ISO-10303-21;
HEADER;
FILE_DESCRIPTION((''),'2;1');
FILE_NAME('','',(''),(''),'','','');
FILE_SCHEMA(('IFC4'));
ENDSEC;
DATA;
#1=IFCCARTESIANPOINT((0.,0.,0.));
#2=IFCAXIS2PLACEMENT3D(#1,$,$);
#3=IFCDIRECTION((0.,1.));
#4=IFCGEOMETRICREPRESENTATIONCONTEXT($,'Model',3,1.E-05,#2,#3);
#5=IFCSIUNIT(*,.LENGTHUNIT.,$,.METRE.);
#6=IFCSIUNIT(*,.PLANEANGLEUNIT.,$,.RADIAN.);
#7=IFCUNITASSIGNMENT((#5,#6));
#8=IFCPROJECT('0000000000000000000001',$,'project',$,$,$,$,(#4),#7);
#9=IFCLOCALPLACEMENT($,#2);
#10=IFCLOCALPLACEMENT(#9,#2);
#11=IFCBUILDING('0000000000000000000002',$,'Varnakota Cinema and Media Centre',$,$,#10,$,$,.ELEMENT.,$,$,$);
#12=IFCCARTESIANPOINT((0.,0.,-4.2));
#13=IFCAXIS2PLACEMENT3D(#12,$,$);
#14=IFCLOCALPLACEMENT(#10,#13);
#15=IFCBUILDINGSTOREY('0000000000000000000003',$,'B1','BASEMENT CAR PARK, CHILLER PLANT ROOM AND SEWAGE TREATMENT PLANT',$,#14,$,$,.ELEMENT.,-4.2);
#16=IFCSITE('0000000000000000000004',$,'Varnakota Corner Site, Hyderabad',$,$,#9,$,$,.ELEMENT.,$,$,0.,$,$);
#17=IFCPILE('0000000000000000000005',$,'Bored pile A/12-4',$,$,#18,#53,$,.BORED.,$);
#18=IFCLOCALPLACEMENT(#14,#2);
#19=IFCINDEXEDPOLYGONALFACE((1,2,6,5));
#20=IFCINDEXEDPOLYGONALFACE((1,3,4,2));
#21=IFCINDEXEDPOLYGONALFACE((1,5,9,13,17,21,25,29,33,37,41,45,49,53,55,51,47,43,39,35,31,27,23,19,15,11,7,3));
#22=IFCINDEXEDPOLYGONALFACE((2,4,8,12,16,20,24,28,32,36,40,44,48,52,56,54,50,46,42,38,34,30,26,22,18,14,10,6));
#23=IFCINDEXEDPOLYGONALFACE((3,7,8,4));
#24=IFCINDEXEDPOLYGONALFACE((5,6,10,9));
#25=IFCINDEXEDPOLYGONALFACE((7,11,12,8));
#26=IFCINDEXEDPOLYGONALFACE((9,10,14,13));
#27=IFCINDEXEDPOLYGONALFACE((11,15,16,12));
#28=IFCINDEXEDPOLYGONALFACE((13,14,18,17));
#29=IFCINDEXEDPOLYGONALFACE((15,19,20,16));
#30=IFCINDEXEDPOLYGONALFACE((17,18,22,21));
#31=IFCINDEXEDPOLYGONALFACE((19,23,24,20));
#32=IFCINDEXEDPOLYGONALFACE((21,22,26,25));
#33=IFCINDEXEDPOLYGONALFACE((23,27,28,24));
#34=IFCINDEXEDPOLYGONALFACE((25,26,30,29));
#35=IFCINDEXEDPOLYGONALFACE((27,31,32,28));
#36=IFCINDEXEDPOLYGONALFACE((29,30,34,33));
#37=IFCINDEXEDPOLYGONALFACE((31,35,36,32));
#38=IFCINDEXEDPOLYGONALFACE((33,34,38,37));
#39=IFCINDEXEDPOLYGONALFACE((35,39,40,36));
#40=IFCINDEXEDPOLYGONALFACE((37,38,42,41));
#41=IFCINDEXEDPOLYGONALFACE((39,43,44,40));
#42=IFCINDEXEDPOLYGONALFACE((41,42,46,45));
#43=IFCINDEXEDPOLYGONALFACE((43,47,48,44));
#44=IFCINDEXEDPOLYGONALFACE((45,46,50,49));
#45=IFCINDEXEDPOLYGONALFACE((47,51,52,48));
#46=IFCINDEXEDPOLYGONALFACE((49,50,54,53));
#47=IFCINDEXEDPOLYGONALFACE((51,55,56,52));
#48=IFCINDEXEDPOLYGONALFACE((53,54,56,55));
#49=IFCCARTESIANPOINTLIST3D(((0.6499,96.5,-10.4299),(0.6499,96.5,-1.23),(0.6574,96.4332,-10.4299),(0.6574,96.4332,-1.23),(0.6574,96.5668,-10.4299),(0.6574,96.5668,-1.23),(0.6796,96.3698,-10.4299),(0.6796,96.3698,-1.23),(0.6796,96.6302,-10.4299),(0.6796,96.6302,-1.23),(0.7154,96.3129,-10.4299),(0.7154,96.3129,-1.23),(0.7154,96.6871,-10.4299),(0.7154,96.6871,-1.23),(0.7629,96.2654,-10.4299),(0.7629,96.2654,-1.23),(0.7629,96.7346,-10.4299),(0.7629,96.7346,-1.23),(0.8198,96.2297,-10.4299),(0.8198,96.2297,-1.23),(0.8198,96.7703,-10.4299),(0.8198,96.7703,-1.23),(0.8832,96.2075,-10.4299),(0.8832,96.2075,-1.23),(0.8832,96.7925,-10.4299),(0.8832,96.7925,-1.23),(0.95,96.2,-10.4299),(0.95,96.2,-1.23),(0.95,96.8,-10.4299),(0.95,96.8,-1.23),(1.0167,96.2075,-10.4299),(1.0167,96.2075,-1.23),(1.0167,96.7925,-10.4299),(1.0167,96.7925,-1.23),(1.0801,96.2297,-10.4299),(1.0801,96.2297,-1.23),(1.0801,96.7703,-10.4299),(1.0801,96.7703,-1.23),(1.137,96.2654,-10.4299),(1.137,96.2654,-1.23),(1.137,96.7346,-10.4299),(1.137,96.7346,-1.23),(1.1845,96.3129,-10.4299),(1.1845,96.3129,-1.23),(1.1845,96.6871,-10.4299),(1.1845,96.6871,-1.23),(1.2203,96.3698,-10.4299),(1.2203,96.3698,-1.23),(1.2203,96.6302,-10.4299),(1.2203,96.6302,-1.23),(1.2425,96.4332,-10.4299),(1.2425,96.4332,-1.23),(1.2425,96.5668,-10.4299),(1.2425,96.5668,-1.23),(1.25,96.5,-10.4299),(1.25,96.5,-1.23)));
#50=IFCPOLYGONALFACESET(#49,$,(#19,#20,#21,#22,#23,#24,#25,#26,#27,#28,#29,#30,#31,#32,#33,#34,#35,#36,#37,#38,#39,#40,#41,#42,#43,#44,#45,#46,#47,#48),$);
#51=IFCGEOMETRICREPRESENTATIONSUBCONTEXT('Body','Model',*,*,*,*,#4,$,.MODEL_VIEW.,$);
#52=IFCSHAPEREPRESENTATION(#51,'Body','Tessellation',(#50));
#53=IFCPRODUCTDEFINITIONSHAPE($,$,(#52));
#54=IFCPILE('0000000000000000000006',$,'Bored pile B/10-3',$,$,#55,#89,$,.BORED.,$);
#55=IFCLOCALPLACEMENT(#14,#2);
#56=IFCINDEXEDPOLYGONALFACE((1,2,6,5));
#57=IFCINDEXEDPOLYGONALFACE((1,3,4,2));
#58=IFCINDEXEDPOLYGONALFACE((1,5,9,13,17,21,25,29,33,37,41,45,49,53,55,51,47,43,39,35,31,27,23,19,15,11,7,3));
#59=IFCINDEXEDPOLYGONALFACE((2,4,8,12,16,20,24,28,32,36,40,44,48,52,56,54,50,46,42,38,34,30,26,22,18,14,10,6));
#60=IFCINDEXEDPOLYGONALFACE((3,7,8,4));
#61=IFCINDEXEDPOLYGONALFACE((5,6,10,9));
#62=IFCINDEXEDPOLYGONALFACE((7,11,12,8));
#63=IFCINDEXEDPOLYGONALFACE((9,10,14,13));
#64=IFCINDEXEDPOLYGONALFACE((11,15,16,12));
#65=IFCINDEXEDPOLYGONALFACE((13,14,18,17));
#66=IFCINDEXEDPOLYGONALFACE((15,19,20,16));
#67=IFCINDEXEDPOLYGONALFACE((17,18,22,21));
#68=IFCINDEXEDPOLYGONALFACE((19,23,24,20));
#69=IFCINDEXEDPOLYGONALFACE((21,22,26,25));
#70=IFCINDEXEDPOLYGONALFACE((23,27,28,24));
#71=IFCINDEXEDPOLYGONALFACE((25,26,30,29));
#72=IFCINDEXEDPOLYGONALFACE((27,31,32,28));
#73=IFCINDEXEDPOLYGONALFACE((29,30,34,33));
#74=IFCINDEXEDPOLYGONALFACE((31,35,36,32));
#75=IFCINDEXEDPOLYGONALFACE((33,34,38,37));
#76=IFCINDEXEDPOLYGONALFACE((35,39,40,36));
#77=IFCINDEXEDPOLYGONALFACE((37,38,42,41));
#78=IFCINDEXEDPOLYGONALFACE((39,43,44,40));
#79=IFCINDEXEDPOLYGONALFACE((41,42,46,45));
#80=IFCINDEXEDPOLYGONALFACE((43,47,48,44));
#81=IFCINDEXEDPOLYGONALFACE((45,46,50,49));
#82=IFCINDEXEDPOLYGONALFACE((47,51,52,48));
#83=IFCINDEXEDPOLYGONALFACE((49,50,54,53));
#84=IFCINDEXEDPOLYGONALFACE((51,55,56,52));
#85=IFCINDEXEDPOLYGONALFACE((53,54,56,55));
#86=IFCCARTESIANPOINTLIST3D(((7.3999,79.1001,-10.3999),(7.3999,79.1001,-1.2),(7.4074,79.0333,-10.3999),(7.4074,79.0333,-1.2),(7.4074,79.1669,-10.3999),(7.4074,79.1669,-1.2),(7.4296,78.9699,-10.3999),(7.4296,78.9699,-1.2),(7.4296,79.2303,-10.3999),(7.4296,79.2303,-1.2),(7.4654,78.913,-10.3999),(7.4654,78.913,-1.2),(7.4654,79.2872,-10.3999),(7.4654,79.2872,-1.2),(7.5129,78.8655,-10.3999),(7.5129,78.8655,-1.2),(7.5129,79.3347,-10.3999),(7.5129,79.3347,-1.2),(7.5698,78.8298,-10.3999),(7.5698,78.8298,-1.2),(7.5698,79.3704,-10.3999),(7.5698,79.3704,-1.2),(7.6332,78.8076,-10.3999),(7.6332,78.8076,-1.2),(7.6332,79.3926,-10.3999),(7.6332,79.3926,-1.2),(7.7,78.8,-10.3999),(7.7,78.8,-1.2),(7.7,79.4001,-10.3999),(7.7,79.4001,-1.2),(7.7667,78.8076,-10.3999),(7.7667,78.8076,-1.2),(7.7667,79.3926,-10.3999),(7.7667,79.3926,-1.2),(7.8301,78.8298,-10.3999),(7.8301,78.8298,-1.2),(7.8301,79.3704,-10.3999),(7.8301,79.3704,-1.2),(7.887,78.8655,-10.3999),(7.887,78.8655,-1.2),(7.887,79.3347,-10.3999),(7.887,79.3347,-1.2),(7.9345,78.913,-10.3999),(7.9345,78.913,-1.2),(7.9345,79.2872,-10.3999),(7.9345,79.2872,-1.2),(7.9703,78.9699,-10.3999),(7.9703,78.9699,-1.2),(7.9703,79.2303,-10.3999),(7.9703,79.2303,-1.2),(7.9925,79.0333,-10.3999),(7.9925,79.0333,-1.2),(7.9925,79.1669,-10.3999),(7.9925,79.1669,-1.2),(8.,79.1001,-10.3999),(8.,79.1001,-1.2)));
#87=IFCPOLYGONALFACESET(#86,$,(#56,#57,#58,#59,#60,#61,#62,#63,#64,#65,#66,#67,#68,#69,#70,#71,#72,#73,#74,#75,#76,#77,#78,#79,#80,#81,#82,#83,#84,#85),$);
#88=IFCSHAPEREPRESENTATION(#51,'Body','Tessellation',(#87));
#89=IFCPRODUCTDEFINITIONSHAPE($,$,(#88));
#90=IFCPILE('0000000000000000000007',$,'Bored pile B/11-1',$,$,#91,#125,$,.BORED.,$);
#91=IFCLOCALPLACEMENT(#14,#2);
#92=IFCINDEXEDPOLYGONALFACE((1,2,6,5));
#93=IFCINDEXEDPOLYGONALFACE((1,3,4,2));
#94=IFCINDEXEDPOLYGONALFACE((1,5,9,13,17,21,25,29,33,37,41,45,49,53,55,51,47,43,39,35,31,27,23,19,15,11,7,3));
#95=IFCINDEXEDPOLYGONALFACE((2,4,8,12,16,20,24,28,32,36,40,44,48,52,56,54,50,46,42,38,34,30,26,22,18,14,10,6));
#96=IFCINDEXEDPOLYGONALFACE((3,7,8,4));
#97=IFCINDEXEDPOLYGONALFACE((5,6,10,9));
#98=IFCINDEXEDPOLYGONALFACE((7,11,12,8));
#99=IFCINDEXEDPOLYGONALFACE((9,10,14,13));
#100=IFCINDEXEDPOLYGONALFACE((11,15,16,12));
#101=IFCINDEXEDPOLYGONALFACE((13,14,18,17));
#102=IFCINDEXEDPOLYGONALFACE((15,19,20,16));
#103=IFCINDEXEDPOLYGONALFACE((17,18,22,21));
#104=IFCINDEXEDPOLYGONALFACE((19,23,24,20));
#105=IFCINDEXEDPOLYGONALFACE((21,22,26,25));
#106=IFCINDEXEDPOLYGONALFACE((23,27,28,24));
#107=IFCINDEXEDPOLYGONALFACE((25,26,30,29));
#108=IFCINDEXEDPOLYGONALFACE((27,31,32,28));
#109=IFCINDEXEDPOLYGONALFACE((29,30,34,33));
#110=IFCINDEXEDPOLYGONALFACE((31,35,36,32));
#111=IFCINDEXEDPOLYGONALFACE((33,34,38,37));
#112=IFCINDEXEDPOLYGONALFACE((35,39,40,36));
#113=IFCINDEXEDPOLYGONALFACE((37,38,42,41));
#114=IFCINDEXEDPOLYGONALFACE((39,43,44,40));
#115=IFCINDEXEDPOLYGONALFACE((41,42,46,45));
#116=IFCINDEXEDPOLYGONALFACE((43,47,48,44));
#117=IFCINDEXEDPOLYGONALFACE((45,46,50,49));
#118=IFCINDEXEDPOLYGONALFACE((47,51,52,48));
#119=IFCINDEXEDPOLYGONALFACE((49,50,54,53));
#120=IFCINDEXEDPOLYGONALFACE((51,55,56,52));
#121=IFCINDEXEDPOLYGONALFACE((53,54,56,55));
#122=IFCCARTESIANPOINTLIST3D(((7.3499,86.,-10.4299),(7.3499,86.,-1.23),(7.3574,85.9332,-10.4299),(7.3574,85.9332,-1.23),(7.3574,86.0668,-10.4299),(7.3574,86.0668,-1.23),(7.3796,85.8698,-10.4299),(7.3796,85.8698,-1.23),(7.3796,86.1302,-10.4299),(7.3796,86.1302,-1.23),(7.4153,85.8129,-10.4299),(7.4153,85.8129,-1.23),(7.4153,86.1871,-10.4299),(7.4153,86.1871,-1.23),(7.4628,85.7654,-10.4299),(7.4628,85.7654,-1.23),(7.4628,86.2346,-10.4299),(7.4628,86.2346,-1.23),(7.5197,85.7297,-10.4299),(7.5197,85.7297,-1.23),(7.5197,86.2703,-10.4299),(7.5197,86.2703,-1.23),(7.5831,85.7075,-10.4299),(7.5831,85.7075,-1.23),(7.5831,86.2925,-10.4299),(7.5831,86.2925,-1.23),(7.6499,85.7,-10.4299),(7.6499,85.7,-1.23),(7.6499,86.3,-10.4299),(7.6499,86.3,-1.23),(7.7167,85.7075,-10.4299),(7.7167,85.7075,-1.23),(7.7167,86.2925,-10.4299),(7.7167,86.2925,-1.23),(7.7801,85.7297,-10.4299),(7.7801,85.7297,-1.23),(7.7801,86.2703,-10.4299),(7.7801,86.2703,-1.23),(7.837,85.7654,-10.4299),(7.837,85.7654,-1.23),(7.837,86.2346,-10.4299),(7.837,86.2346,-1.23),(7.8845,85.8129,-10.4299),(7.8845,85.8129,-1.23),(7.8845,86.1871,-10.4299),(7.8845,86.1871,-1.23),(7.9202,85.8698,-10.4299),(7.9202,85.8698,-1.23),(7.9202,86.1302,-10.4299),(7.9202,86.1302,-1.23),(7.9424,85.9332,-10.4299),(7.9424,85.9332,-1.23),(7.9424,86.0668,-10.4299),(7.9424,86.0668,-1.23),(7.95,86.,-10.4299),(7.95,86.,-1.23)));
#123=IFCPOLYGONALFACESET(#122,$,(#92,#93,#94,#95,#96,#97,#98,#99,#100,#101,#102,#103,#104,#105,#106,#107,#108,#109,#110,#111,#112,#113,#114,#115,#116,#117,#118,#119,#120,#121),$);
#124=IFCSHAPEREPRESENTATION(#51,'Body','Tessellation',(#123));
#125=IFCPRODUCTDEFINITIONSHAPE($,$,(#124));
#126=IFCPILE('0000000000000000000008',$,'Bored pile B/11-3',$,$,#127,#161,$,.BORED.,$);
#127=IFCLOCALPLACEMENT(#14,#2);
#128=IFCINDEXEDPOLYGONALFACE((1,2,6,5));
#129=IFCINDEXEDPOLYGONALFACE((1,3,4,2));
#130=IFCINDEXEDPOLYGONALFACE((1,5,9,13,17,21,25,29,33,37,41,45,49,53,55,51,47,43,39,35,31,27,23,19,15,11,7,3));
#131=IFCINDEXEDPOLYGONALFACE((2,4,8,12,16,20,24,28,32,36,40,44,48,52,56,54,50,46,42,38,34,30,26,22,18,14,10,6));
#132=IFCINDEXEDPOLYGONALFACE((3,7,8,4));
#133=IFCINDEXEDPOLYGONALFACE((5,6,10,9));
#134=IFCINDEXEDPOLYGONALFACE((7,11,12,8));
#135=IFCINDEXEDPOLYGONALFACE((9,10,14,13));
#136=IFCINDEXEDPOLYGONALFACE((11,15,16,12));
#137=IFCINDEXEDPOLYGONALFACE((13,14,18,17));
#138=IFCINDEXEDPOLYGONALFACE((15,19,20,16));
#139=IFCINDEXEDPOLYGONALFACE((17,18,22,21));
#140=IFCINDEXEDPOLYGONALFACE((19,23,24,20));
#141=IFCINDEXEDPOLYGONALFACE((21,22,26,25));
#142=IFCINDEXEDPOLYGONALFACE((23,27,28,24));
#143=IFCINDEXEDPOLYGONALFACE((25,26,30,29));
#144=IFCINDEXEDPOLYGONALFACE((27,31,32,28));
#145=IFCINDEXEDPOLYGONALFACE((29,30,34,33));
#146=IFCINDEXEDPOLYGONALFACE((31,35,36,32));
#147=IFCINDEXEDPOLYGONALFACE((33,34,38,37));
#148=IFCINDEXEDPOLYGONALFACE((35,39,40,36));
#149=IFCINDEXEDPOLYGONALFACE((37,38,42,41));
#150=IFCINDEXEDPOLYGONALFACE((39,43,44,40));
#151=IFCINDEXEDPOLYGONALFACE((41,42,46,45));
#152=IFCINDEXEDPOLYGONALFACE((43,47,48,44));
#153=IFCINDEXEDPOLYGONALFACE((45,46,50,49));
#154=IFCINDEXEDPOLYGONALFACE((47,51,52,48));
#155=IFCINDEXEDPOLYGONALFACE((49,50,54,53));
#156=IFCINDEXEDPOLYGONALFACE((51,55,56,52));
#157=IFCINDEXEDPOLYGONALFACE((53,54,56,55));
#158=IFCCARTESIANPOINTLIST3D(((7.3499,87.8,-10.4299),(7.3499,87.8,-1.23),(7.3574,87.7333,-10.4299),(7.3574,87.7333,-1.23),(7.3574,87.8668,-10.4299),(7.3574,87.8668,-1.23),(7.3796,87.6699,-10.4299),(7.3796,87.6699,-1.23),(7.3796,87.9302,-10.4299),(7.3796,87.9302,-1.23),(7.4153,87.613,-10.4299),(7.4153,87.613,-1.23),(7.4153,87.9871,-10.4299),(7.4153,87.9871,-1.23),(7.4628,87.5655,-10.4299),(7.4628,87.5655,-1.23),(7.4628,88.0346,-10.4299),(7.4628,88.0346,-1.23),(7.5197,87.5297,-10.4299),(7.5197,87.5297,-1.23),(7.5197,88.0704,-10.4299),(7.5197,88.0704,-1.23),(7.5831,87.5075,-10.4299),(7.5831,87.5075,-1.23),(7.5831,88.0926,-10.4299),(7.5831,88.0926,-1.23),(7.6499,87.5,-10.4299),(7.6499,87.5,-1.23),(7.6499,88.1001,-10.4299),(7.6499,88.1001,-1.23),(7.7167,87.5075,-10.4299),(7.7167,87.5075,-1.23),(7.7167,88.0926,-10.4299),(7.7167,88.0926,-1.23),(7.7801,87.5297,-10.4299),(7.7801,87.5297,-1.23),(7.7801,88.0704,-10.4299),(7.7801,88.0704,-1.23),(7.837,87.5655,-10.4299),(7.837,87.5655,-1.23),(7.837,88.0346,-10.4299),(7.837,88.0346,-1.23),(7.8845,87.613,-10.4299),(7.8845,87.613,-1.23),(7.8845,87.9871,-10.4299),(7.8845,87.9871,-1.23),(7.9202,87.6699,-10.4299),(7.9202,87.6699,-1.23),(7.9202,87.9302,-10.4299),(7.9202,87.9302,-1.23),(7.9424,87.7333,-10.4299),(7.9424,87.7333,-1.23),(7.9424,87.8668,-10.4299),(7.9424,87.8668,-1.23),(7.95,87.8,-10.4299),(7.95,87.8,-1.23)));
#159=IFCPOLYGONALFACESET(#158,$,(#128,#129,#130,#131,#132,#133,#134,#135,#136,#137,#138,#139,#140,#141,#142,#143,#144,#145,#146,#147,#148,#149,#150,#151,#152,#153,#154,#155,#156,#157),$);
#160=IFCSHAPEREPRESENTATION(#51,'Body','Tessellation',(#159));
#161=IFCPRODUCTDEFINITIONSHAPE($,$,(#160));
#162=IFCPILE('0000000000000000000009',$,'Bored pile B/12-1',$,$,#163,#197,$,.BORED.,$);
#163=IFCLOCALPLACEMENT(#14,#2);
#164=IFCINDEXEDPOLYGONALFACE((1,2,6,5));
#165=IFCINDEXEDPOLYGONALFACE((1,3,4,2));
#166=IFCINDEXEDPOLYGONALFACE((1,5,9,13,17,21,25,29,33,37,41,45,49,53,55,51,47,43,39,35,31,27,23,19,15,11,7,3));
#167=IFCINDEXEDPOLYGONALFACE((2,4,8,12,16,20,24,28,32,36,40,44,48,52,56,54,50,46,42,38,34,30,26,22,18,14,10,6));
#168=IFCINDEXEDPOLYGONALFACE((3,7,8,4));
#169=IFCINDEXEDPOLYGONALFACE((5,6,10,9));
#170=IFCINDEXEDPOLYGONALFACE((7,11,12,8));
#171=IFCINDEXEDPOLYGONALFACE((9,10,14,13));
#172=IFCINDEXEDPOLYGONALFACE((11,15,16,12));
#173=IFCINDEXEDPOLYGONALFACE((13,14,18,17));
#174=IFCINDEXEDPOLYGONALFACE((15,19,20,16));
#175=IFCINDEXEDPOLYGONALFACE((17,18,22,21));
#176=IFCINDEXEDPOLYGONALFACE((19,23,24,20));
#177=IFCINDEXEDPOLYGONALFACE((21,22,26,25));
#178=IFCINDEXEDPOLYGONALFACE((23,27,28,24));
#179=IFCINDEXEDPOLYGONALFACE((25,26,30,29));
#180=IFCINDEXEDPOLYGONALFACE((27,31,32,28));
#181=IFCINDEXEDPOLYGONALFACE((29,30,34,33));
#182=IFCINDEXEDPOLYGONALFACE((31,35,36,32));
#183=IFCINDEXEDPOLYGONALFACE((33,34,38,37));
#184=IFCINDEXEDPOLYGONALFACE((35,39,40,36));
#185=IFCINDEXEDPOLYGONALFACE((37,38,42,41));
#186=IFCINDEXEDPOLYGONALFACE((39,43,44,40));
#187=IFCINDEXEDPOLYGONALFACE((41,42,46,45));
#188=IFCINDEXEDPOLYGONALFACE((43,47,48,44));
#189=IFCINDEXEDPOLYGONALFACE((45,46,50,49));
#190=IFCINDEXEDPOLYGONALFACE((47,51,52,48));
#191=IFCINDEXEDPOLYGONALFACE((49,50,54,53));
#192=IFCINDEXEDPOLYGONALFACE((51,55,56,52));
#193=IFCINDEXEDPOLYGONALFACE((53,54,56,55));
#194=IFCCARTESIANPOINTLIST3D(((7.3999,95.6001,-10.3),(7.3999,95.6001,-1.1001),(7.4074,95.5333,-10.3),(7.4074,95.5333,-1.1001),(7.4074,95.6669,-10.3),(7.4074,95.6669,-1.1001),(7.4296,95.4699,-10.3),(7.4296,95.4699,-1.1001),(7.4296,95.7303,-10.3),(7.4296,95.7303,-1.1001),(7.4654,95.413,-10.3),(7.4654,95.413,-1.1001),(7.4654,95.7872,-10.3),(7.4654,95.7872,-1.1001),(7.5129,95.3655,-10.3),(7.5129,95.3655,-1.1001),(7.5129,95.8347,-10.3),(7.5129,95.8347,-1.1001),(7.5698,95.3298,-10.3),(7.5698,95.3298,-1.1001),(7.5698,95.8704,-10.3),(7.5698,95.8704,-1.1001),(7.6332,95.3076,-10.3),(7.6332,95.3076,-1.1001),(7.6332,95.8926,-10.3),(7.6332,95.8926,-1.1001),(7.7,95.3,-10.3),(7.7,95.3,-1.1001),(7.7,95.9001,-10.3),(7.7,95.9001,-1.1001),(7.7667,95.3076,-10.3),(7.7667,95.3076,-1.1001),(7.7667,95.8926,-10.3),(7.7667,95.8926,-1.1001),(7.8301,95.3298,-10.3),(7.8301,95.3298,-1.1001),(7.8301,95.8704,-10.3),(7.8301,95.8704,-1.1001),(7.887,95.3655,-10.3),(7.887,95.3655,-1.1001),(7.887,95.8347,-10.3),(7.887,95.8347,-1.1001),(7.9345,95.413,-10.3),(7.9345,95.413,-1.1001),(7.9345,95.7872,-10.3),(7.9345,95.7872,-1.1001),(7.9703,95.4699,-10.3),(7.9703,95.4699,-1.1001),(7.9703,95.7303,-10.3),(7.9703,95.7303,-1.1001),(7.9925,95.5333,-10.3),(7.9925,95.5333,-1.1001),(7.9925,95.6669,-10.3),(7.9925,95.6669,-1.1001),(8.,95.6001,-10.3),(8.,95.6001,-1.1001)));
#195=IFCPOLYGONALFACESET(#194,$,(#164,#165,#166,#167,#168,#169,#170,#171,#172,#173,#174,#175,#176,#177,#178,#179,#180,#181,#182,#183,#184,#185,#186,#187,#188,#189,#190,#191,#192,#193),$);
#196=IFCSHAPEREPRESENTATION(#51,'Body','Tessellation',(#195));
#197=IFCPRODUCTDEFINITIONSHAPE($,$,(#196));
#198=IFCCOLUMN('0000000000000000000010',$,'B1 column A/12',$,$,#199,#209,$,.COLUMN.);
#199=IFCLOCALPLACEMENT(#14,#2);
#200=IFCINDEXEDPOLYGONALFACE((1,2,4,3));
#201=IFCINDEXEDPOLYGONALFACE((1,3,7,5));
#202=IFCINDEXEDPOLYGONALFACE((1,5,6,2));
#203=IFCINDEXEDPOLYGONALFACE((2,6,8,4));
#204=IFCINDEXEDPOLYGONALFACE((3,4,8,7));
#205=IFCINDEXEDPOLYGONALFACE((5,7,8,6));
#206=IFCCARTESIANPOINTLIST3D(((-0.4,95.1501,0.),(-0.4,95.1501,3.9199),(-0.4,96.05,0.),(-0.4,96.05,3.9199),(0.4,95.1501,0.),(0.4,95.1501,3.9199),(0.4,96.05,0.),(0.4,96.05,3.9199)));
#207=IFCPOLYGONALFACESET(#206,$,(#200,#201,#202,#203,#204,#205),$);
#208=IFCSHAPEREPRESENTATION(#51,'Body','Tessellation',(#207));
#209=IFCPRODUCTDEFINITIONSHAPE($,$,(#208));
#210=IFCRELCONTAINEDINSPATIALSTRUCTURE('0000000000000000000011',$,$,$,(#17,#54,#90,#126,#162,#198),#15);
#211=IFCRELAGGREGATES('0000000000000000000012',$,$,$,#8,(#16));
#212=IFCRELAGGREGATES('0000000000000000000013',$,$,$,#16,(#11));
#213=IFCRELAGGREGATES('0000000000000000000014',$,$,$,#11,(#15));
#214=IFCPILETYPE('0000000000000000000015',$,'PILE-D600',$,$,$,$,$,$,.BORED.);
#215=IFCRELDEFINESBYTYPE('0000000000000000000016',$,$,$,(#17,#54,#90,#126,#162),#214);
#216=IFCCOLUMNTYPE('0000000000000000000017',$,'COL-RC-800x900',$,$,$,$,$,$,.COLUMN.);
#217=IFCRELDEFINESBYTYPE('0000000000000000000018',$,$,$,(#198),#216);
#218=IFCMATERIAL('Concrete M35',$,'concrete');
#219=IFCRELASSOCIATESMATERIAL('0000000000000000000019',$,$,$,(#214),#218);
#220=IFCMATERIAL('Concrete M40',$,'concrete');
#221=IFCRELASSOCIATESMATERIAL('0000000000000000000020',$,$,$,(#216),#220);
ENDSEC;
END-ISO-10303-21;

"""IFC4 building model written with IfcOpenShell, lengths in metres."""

from ifc_helpers import new_model, si_unit, direction, frame, origin, origin_2d, place, context, subcontext, project, spatial, rectangle, circle, extrude, material, material_profile, profile_set, type_object, element, save


model = new_model("IFC4")

# Units and contexts
model_context = context("Model", 3, precision=1e-05, world=origin(), true_north=direction((0.0, 1.0)))
body_context = subcontext(model_context, "Body", "Model", "MODEL_VIEW")
ifc_project = project(units=[si_unit("LENGTHUNIT", "METRE"), si_unit("PLANEANGLEUNIT", "RADIAN")], contexts=[model_context])

# Site, building, storey
site_placement = place(None, origin())
site = spatial("IfcSite", under=ifc_project, at=site_placement, Name="Varnakota Corner Site, Hyderabad", CompositionType="ELEMENT", RefElevation=0.0)
building_placement = place(site_placement, origin())
building = spatial("IfcBuilding", under=site, at=building_placement, Name="Varnakota Cinema and Media Centre", CompositionType="ELEMENT")
storey_placement = place(building_placement, frame((0.0, 0.0, -4.2)))
storey = spatial("IfcBuildingStorey", under=building, at=storey_placement, Name="B1", Description="BASEMENT CAR PARK, CHILLER PLANT ROOM AND SEWAGE TREATMENT PLANT", CompositionType="ELEMENT", Elevation=-4.2)

# Piles
ifc_material_1 = material(Name="Concrete M35", Category="concrete")
ifc_material_profile_1 = material_profile(ifc_material_1, circle(Radius=0.3, at=origin_2d()), Name="PILE D600")
ifc_profile_set_1 = profile_set([ifc_material_profile_1], Name="Concrete M35")
pile_type = type_object("IfcPileType", Name="PILE-D600", PredefinedType="BORED", material=ifc_profile_set_1)
for number, where, z_axis, x_axis, name in (
    (1, (0.95, 96.5, -1.23), (0.0, 0.0, -1.0), (1.0, 0.0, 0.0), "Bored pile A/12-4"),
    (2, (7.7, 79.1001, -1.2), (0.0, 0.0, -1.0), (1.0, 0.0, 0.0), "Bored pile B/10-3"),
    (3, (7.6499, 86.0, -1.23), (0.0, 0.0, -1.0), (1.0, 0.0, 0.0), "Bored pile B/11-1"),
    (4, (7.6499, 87.8, -1.23), (0.0, 0.0, -1.0), (1.0, 0.0, 0.0), "Bored pile B/11-3"),
    (5, (7.7, 95.6001, -1.1001), (0.0, 0.0, -1.0), (1.0, 0.0, 0.0), "Bored pile B/12-1"),
):
    element("IfcPile", number, at=place(storey_placement, frame(where, z_axis=z_axis, x_axis=x_axis)), inside=storey, type_object=pile_type, Name=name, PredefinedType="BORED", context=body_context, shape_type="SweptSolid", body=[
        extrude(circle(Radius=0.3, at=origin_2d()), origin(), (0.0, 0.0, 1.0), 9.2),
    ])

# Column
ifc_material_2 = material(Name="Concrete M40", Category="concrete")
ifc_material_profile_2 = material_profile(ifc_material_2, rectangle(XDim=0.8, YDim=0.8999, at=origin_2d()), Name="RC 800x900")
ifc_profile_set_2 = profile_set([ifc_material_profile_2], Name="Concrete M40")
column_type_1 = type_object("IfcColumnType", Name="COL-RC-800x900", PredefinedType="COLUMN", material=ifc_profile_set_2)
column_1_placement = place(storey_placement, frame((0.0, 95.6001, 0.0), z_axis=(0.0, 0.0, 1.0), x_axis=(1.0, 0.0, 0.0)))
element("IfcColumn", 6, at=column_1_placement, inside=storey, type_object=column_type_1, Name="B1 column A/12", PredefinedType="COLUMN", context=body_context, shape_type="SweptSolid", body=[
    extrude(rectangle(XDim=0.8, YDim=0.8999, at=origin_2d()), origin(), (0.0, 0.0, 1.0), 3.9199),
])

save(model, "model.ifc")
